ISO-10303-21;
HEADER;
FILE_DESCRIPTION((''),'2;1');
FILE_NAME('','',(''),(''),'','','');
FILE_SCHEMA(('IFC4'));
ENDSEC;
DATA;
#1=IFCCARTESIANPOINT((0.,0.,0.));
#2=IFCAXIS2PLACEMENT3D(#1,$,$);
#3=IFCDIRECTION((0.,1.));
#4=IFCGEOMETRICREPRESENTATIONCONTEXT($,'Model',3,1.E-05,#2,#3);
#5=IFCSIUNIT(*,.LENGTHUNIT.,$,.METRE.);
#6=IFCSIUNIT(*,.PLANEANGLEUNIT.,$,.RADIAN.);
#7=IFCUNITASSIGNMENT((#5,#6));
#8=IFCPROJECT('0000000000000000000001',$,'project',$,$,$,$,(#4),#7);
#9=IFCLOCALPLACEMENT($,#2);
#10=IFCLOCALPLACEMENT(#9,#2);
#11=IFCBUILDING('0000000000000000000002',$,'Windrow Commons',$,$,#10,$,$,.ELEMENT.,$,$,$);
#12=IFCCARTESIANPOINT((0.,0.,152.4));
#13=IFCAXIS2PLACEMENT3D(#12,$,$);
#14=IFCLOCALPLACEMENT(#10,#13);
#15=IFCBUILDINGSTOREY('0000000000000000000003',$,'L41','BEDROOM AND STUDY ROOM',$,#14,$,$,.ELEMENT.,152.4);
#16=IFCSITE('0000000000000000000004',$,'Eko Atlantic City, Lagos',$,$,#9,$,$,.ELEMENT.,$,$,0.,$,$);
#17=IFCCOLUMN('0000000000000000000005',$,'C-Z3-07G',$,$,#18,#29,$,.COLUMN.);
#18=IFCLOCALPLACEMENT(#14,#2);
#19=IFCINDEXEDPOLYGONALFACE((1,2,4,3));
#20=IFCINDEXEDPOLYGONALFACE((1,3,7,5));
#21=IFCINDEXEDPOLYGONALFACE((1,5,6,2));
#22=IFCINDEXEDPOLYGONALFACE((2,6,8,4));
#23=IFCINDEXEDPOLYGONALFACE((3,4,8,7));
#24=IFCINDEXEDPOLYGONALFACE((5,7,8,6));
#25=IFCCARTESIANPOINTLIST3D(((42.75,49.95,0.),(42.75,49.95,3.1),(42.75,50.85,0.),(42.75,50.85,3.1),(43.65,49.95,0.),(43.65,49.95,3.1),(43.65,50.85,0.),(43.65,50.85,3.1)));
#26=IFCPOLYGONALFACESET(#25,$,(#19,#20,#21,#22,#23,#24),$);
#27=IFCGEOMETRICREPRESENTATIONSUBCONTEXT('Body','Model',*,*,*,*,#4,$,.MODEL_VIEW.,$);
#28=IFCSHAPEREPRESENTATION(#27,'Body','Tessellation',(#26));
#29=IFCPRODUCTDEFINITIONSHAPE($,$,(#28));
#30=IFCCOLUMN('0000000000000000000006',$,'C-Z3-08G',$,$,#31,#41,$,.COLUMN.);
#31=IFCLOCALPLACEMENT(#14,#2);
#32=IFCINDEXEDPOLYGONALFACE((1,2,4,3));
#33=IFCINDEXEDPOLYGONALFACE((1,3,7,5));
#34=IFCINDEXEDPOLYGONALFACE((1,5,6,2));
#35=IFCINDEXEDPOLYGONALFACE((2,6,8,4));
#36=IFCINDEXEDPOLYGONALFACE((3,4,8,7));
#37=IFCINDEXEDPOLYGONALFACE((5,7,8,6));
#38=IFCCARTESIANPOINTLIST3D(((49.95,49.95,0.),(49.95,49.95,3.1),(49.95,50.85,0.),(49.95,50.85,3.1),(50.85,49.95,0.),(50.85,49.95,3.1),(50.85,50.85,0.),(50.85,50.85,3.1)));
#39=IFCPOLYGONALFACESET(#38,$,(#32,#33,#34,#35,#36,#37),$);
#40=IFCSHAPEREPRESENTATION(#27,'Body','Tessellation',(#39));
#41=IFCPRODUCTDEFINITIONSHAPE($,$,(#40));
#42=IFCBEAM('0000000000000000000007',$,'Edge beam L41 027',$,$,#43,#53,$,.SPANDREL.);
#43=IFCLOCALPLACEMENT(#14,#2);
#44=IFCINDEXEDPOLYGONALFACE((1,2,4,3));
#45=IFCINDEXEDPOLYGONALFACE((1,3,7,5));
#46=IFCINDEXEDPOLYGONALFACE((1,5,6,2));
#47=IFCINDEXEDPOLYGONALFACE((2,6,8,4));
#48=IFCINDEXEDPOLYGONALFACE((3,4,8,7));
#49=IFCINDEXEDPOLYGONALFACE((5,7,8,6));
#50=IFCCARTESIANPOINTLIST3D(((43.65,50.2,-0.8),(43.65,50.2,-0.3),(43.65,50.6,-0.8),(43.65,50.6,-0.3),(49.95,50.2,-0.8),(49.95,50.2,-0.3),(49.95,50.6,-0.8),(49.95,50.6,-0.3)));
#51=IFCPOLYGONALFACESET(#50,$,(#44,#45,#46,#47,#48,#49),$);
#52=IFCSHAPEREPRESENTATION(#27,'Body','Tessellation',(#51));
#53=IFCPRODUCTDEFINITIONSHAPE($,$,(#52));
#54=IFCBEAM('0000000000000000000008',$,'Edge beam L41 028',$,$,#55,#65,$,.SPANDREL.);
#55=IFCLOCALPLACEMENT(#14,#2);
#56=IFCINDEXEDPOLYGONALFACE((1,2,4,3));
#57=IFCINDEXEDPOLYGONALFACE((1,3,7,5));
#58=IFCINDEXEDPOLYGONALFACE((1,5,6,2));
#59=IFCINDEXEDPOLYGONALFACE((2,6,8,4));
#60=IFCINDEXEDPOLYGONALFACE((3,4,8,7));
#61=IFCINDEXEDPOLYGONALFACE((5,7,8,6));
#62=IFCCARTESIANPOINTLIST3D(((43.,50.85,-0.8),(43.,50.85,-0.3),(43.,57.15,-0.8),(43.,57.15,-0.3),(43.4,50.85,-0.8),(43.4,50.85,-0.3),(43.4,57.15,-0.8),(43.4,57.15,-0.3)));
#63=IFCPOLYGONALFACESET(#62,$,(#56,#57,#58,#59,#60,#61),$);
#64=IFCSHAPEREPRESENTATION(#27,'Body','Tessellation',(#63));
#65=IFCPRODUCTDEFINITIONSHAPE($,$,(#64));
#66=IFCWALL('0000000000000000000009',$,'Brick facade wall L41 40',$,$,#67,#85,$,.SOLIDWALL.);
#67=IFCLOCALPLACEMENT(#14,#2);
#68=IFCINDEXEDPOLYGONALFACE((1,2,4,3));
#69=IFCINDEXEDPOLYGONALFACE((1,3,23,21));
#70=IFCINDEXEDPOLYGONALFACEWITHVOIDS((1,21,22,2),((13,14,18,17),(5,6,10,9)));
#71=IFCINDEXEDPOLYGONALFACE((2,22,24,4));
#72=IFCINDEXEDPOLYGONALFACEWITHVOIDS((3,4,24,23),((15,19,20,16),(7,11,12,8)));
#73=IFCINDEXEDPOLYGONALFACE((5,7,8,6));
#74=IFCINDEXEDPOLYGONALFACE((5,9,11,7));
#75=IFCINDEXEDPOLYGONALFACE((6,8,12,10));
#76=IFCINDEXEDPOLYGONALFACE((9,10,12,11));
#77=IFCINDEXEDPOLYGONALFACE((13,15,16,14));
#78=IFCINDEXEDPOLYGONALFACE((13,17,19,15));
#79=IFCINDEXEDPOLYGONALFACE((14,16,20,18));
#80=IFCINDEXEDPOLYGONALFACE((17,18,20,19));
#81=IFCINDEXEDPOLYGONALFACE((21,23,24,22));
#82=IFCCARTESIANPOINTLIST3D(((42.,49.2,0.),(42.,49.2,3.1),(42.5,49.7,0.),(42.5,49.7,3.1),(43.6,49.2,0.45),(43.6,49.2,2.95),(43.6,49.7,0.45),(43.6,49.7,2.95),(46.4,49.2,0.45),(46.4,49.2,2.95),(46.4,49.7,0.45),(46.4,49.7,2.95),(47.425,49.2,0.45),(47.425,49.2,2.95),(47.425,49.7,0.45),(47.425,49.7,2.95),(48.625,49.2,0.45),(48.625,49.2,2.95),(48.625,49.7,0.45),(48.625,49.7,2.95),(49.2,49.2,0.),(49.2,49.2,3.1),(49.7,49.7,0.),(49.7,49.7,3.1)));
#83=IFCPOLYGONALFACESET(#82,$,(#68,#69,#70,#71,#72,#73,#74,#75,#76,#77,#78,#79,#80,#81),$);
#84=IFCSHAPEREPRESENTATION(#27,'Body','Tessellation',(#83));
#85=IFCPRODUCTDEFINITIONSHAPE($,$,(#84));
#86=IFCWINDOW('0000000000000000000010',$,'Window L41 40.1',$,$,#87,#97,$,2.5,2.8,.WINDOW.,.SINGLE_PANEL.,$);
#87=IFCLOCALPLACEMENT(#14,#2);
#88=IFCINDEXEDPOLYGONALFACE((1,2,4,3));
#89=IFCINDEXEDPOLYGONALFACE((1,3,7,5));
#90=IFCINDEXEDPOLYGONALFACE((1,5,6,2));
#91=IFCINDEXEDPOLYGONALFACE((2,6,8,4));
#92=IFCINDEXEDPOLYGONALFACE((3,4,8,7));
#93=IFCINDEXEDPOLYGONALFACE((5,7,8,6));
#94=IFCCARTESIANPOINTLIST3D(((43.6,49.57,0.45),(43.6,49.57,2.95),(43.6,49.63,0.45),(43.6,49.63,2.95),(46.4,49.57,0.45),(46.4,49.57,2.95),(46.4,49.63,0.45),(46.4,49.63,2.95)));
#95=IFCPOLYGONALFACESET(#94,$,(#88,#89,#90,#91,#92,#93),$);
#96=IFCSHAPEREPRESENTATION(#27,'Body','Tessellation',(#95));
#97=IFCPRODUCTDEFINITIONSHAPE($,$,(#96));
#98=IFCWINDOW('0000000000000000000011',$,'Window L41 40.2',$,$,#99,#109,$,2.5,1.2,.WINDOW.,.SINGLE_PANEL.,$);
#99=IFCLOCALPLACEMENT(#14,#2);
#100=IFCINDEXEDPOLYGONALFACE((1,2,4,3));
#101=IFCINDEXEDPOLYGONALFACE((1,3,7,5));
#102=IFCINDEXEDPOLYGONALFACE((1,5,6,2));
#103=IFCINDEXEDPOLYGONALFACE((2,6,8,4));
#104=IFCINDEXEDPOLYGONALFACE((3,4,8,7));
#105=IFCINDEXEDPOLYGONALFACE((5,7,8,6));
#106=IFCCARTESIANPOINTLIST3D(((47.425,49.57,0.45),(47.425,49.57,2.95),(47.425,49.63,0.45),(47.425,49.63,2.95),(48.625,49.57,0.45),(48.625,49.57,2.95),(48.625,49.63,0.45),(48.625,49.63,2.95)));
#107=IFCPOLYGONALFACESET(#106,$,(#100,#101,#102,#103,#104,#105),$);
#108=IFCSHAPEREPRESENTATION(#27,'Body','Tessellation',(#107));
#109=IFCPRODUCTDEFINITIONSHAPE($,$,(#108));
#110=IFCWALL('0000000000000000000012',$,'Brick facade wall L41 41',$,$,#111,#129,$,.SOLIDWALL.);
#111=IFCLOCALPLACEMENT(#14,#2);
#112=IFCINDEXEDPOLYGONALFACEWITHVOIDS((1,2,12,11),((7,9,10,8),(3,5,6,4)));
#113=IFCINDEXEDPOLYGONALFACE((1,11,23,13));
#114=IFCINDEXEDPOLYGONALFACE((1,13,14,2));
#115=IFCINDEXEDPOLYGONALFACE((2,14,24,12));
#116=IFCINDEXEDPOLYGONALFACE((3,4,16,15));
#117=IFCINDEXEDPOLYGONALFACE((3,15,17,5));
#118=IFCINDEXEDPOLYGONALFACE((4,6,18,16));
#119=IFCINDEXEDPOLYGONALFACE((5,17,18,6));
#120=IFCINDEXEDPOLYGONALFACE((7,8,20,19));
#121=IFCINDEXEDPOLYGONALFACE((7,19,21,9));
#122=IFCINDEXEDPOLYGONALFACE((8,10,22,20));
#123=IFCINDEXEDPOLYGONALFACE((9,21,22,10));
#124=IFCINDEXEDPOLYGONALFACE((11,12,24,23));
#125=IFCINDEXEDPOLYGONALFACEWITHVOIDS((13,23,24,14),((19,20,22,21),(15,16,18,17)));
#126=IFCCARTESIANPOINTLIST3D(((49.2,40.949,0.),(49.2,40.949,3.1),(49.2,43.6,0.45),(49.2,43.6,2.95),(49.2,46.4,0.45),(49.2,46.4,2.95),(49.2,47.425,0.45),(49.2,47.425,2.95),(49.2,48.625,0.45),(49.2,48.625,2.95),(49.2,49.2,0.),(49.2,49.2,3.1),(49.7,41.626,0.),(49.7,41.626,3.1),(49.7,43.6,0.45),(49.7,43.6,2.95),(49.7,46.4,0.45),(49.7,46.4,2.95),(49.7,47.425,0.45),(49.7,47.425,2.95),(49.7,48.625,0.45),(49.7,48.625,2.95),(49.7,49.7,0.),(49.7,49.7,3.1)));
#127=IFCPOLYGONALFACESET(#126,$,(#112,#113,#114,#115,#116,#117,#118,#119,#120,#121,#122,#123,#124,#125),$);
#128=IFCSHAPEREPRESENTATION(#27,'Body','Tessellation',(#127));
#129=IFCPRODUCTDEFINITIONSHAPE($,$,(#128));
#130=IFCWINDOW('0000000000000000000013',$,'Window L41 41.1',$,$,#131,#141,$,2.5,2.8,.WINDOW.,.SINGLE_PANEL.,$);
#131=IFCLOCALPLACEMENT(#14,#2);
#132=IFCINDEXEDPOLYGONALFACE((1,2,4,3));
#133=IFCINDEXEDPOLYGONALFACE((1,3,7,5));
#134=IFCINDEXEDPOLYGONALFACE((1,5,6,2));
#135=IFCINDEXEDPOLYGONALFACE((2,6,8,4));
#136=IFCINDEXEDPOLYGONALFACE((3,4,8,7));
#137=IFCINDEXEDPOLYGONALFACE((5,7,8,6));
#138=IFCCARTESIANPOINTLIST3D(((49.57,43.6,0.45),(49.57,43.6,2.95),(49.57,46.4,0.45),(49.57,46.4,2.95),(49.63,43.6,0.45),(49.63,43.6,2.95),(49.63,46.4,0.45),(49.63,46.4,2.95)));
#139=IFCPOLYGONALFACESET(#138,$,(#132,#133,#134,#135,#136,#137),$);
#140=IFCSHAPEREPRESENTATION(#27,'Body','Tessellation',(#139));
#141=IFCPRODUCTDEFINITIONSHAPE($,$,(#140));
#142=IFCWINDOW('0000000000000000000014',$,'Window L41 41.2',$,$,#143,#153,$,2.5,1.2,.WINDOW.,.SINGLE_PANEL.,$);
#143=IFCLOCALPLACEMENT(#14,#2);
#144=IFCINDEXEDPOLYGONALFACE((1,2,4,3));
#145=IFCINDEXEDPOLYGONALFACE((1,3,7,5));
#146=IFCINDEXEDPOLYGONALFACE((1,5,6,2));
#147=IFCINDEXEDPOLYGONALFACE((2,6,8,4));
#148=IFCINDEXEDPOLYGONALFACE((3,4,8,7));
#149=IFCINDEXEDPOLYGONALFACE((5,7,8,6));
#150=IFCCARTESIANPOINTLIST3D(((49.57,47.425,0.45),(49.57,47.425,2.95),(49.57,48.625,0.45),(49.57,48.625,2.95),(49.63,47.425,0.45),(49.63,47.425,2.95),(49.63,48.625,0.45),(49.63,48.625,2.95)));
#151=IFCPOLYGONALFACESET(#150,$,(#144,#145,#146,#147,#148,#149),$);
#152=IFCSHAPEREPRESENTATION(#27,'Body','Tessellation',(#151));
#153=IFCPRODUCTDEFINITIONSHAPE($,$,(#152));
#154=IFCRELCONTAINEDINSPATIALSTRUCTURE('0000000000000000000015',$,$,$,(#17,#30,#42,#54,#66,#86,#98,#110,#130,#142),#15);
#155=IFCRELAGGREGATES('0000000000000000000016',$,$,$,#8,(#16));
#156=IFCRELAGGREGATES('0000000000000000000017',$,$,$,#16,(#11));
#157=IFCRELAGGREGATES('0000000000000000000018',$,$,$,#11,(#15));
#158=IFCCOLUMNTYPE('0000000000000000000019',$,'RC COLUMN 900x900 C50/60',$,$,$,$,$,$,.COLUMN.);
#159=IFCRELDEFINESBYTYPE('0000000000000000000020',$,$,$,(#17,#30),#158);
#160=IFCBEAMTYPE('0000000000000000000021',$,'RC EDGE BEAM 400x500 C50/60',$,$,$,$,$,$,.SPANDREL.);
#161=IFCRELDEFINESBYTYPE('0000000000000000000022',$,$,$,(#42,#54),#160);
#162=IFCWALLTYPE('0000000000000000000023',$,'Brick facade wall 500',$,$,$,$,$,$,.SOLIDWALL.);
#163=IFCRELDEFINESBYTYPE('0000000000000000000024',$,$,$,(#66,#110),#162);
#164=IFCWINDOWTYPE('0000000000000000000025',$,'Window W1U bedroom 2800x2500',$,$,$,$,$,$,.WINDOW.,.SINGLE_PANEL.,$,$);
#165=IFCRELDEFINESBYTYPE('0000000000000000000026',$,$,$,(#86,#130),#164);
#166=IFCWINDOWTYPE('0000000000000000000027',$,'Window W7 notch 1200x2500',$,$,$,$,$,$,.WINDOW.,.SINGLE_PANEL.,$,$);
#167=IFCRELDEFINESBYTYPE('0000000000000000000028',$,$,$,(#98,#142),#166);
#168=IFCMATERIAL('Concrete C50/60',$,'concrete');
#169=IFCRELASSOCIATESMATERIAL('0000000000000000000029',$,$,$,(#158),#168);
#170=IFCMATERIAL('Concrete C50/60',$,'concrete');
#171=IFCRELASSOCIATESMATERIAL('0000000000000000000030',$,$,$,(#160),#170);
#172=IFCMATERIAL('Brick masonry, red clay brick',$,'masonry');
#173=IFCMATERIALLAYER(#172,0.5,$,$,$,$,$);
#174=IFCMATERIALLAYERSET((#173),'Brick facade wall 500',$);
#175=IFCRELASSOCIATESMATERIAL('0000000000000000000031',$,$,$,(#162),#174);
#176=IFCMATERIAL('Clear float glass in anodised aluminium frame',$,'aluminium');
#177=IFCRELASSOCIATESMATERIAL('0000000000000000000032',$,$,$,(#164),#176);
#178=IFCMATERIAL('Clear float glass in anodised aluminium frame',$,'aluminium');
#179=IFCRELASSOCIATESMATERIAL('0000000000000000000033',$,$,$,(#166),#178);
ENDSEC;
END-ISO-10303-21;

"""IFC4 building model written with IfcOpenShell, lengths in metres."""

from ifc_helpers import new_model, si_unit, direction, frame, frame_2d, origin, origin_2d, place, context, subcontext, project, spatial, polyline, rectangle, outline, extrude, material, layer, layer_set, material_profile, profile_set, type_object, element, fill, save


model = new_model("IFC4")

# Units and contexts
model_context = context("Model", 3, precision=1e-05, world=origin(), true_north=direction((0.0, 1.0)))
body_context = subcontext(model_context, "Body", "Model", "MODEL_VIEW")
ifc_project = project(units=[si_unit("LENGTHUNIT", "METRE"), si_unit("PLANEANGLEUNIT", "RADIAN")], contexts=[model_context])

# Site, building, storey
site_placement = place(None, origin())
site = spatial("IfcSite", under=ifc_project, at=site_placement, Name="Eko Atlantic City, Lagos", CompositionType="ELEMENT", RefElevation=0.0)
building_placement = place(site_placement, origin())
building = spatial("IfcBuilding", under=site, at=building_placement, Name="Windrow Commons", CompositionType="ELEMENT")
storey_placement = place(building_placement, frame((0.0, 0.0, 152.4)))
storey = spatial("IfcBuildingStorey", under=building, at=storey_placement, Name="L41", Description="BEDROOM AND STUDY ROOM", CompositionType="ELEMENT", Elevation=152.4)

# Columns
ifc_material_1 = material(Name="Concrete C50/60", Category="concrete")
ifc_material_profile_1 = material_profile(ifc_material_1, rectangle(XDim=0.9, YDim=0.9, at=origin_2d()))
ifc_profile_set_1 = profile_set([ifc_material_profile_1], Name="Concrete C50/60")
column_type = type_object("IfcColumnType", Name="RC COLUMN 900x900 C50/60", PredefinedType="COLUMN", material=ifc_profile_set_1)
for number, where, z_axis, x_axis, name in (
    (1, (43.2, 50.4, 0.0), (0.0, 0.0, 1.0), (1.0, 0.0, 0.0), "C-Z3-07G"),
    (2, (50.4, 50.4, 0.0), (0.0, 0.0, 1.0), (1.0, 0.0, 0.0), "C-Z3-08G"),
):
    element("IfcColumn", number, at=place(storey_placement, frame(where, z_axis=z_axis, x_axis=x_axis)), inside=storey, type_object=column_type, Name=name, PredefinedType="COLUMN", context=body_context, shape_type="SweptSolid", body=[
        extrude(rectangle(XDim=0.9, YDim=0.9, at=origin_2d()), origin(), (0.0, 0.0, 1.0), 3.1),
    ])

# Beams
ifc_material_2 = material(Name="Concrete C50/60", Category="concrete")
ifc_material_profile_2 = material_profile(ifc_material_2, rectangle(XDim=0.4, YDim=0.5, at=origin_2d()))
ifc_profile_set_2 = profile_set([ifc_material_profile_2], Name="Concrete C50/60")
beam_type = type_object("IfcBeamType", Name="RC EDGE BEAM 400x500 C50/60", PredefinedType="SPANDREL", material=ifc_profile_set_2)
for number, where, z_axis, x_axis, name in (
    (3, (49.95, 50.4, -0.55), (-1.0, 0.0, 0.0), (0.0, -1.0, 0.0), "Edge beam L41 027"),
    (4, (43.2, 50.85, -0.55), (0.0, 1.0, 0.0), (-1.0, 0.0, 0.0), "Edge beam L41 028"),
):
    element("IfcBeam", number, at=place(storey_placement, frame(where, z_axis=z_axis, x_axis=x_axis)), inside=storey, type_object=beam_type, Name=name, PredefinedType="SPANDREL", context=body_context, shape_type="SweptSolid", body=[
        extrude(rectangle(XDim=0.4, YDim=0.5, at=origin_2d()), origin(), (0.0, 0.0, 1.0), 6.3),
    ])

# Walls, openings, windows
ifc_material_3 = material(Name="Brick masonry, red clay brick", Category="masonry")
ifc_layer_1 = layer(ifc_material_3, 0.5)
ifc_layer_set_1 = layer_set([ifc_layer_1], Name="Brick facade wall 500")
wall_type_1 = type_object("IfcWallType", Name="Brick facade wall 500", PredefinedType="SOLIDWALL", material=ifc_layer_set_1)
wall_1_placement = place(storey_placement, frame((42.25, 49.45, 0.0), z_axis=(0.0, 0.0, 1.0), x_axis=(1.0, 0.0, 0.0)))
wall_1 = element("IfcWall", 5, at=wall_1_placement, inside=storey, type_object=wall_type_1, Name="Brick facade wall L41 40", PredefinedType="SOLIDWALL", context=body_context, shape_type="SweptSolid", body=[
    extrude(outline(polyline([(-0.25, -0.25), (6.95, -0.25), (7.45, 0.25), (0.25, 0.25), (-0.25, -0.25)])), origin(), (0.0, 0.0, 1.0), 3.1),
])
opening_1_placement = place(wall_1_placement, frame((1.35, 0.0, 0.45)))
opening_1 = element("IfcOpeningElement", 6, at=opening_1_placement, cuts=wall_1, PredefinedType="OPENING", context=body_context, shape_type="SweptSolid", body=[
    extrude(rectangle(XDim=2.8, YDim=2.5, at=frame_2d((1.4, 1.25))), frame((0.0, 0.26, 0.0), z_axis=(0.0, -1.0, 0.0), x_axis=(1.0, 0.0, 0.0)), (0.0, 0.0, 1.0), 0.52),
])
opening_2_placement = place(wall_1_placement, frame((5.175, 0.0, 0.45)))
opening_2 = element("IfcOpeningElement", 7, at=opening_2_placement, cuts=wall_1, PredefinedType="OPENING", context=body_context, shape_type="SweptSolid", body=[
    extrude(rectangle(XDim=1.2, YDim=2.5, at=frame_2d((0.6, 1.25))), frame((0.0, 0.26, 0.0), z_axis=(0.0, -1.0, 0.0), x_axis=(1.0, 0.0, 0.0)), (0.0, 0.0, 1.0), 0.52),
])
ifc_material_4 = material(Name="Clear float glass in anodised aluminium frame", Category="aluminium")
window_type_1 = type_object("IfcWindowType", Name="Window W1U bedroom 2800x2500", PartitioningType="SINGLE_PANEL", PredefinedType="WINDOW", material=ifc_material_4)
window_1_placement = place(opening_1_placement, origin())
window_1 = element("IfcWindow", 8, at=window_1_placement, inside=storey, type_object=window_type_1, Name="Window L41 40.1", OverallHeight=2.5, OverallWidth=2.8, PartitioningType="SINGLE_PANEL", PredefinedType="WINDOW", context=body_context, shape_type="SweptSolid", body=[
    extrude(rectangle(XDim=2.8, YDim=2.5, at=frame_2d((1.4, 1.25))), frame((0.0, 0.18, 0.0), z_axis=(0.0, -1.0, 0.0), x_axis=(1.0, 0.0, 0.0)), (0.0, 0.0, 1.0), 0.06),
])
fill(opening_1, window_1)
ifc_material_5 = material(Name="Clear float glass in anodised aluminium frame", Category="aluminium")
window_type_2 = type_object("IfcWindowType", Name="Window W7 notch 1200x2500", PartitioningType="SINGLE_PANEL", PredefinedType="WINDOW", material=ifc_material_5)
window_2_placement = place(opening_2_placement, origin())
window_2 = element("IfcWindow", 9, at=window_2_placement, inside=storey, type_object=window_type_2, Name="Window L41 40.2", OverallHeight=2.5, OverallWidth=1.2, PartitioningType="SINGLE_PANEL", PredefinedType="WINDOW", context=body_context, shape_type="SweptSolid", body=[
    extrude(rectangle(XDim=1.2, YDim=2.5, at=frame_2d((0.6, 1.25))), frame((0.0, 0.18, 0.0), z_axis=(0.0, -1.0, 0.0), x_axis=(1.0, 0.0, 0.0)), (0.0, 0.0, 1.0), 0.06),
])
fill(opening_2, window_2)
wall_2_placement = place(storey_placement, frame((49.45, 49.45, 0.0), z_axis=(0.0, 0.0, 1.0), x_axis=(0.0, -1.0, 0.0)))
wall_2 = element("IfcWall", 10, at=wall_2_placement, inside=storey, type_object=wall_type_1, Name="Brick facade wall L41 41", PredefinedType="SOLIDWALL", context=body_context, shape_type="SweptSolid", body=[
    extrude(outline(polyline([(0.25, -0.25), (8.501, -0.25), (7.824, 0.25), (-0.25, 0.25), (0.25, -0.25)])), origin(), (0.0, 0.0, 1.0), 3.1),
])
opening_3_placement = place(wall_2_placement, frame((3.05, 0.0, 0.45)))
opening_3 = element("IfcOpeningElement", 11, at=opening_3_placement, cuts=wall_2, PredefinedType="OPENING", context=body_context, shape_type="SweptSolid", body=[
    extrude(rectangle(XDim=2.8, YDim=2.5, at=frame_2d((1.4, 1.25))), frame((0.0, 0.26, 0.0), z_axis=(0.0, -1.0, 0.0), x_axis=(1.0, 0.0, 0.0)), (0.0, 0.0, 1.0), 0.52),
])
opening_4_placement = place(wall_2_placement, frame((0.825, 0.0, 0.45)))
opening_4 = element("IfcOpeningElement", 12, at=opening_4_placement, cuts=wall_2, PredefinedType="OPENING", context=body_context, shape_type="SweptSolid", body=[
    extrude(rectangle(XDim=1.2, YDim=2.5, at=frame_2d((0.6, 1.25))), frame((0.0, 0.26, 0.0), z_axis=(0.0, -1.0, 0.0), x_axis=(1.0, 0.0, 0.0)), (0.0, 0.0, 1.0), 0.52),
])
window_3_placement = place(opening_3_placement, origin())
window_3 = element("IfcWindow", 13, at=window_3_placement, inside=storey, type_object=window_type_1, Name="Window L41 41.1", OverallHeight=2.5, OverallWidth=2.8, PartitioningType="SINGLE_PANEL", PredefinedType="WINDOW", context=body_context, shape_type="SweptSolid", body=[
    extrude(rectangle(XDim=2.8, YDim=2.5, at=frame_2d((1.4, 1.25))), frame((0.0, 0.18, 0.0), z_axis=(0.0, -1.0, 0.0), x_axis=(1.0, 0.0, 0.0)), (0.0, 0.0, 1.0), 0.06),
])
fill(opening_3, window_3)
window_4_placement = place(opening_4_placement, origin())
window_4 = element("IfcWindow", 14, at=window_4_placement, inside=storey, type_object=window_type_2, Name="Window L41 41.2", OverallHeight=2.5, OverallWidth=1.2, PartitioningType="SINGLE_PANEL", PredefinedType="WINDOW", context=body_context, shape_type="SweptSolid", body=[
    extrude(rectangle(XDim=1.2, YDim=2.5, at=frame_2d((0.6, 1.25))), frame((0.0, 0.18, 0.0), z_axis=(0.0, -1.0, 0.0), x_axis=(1.0, 0.0, 0.0)), (0.0, 0.0, 1.0), 0.06),
])
fill(opening_4, window_4)

save(model, "model.ifc")
